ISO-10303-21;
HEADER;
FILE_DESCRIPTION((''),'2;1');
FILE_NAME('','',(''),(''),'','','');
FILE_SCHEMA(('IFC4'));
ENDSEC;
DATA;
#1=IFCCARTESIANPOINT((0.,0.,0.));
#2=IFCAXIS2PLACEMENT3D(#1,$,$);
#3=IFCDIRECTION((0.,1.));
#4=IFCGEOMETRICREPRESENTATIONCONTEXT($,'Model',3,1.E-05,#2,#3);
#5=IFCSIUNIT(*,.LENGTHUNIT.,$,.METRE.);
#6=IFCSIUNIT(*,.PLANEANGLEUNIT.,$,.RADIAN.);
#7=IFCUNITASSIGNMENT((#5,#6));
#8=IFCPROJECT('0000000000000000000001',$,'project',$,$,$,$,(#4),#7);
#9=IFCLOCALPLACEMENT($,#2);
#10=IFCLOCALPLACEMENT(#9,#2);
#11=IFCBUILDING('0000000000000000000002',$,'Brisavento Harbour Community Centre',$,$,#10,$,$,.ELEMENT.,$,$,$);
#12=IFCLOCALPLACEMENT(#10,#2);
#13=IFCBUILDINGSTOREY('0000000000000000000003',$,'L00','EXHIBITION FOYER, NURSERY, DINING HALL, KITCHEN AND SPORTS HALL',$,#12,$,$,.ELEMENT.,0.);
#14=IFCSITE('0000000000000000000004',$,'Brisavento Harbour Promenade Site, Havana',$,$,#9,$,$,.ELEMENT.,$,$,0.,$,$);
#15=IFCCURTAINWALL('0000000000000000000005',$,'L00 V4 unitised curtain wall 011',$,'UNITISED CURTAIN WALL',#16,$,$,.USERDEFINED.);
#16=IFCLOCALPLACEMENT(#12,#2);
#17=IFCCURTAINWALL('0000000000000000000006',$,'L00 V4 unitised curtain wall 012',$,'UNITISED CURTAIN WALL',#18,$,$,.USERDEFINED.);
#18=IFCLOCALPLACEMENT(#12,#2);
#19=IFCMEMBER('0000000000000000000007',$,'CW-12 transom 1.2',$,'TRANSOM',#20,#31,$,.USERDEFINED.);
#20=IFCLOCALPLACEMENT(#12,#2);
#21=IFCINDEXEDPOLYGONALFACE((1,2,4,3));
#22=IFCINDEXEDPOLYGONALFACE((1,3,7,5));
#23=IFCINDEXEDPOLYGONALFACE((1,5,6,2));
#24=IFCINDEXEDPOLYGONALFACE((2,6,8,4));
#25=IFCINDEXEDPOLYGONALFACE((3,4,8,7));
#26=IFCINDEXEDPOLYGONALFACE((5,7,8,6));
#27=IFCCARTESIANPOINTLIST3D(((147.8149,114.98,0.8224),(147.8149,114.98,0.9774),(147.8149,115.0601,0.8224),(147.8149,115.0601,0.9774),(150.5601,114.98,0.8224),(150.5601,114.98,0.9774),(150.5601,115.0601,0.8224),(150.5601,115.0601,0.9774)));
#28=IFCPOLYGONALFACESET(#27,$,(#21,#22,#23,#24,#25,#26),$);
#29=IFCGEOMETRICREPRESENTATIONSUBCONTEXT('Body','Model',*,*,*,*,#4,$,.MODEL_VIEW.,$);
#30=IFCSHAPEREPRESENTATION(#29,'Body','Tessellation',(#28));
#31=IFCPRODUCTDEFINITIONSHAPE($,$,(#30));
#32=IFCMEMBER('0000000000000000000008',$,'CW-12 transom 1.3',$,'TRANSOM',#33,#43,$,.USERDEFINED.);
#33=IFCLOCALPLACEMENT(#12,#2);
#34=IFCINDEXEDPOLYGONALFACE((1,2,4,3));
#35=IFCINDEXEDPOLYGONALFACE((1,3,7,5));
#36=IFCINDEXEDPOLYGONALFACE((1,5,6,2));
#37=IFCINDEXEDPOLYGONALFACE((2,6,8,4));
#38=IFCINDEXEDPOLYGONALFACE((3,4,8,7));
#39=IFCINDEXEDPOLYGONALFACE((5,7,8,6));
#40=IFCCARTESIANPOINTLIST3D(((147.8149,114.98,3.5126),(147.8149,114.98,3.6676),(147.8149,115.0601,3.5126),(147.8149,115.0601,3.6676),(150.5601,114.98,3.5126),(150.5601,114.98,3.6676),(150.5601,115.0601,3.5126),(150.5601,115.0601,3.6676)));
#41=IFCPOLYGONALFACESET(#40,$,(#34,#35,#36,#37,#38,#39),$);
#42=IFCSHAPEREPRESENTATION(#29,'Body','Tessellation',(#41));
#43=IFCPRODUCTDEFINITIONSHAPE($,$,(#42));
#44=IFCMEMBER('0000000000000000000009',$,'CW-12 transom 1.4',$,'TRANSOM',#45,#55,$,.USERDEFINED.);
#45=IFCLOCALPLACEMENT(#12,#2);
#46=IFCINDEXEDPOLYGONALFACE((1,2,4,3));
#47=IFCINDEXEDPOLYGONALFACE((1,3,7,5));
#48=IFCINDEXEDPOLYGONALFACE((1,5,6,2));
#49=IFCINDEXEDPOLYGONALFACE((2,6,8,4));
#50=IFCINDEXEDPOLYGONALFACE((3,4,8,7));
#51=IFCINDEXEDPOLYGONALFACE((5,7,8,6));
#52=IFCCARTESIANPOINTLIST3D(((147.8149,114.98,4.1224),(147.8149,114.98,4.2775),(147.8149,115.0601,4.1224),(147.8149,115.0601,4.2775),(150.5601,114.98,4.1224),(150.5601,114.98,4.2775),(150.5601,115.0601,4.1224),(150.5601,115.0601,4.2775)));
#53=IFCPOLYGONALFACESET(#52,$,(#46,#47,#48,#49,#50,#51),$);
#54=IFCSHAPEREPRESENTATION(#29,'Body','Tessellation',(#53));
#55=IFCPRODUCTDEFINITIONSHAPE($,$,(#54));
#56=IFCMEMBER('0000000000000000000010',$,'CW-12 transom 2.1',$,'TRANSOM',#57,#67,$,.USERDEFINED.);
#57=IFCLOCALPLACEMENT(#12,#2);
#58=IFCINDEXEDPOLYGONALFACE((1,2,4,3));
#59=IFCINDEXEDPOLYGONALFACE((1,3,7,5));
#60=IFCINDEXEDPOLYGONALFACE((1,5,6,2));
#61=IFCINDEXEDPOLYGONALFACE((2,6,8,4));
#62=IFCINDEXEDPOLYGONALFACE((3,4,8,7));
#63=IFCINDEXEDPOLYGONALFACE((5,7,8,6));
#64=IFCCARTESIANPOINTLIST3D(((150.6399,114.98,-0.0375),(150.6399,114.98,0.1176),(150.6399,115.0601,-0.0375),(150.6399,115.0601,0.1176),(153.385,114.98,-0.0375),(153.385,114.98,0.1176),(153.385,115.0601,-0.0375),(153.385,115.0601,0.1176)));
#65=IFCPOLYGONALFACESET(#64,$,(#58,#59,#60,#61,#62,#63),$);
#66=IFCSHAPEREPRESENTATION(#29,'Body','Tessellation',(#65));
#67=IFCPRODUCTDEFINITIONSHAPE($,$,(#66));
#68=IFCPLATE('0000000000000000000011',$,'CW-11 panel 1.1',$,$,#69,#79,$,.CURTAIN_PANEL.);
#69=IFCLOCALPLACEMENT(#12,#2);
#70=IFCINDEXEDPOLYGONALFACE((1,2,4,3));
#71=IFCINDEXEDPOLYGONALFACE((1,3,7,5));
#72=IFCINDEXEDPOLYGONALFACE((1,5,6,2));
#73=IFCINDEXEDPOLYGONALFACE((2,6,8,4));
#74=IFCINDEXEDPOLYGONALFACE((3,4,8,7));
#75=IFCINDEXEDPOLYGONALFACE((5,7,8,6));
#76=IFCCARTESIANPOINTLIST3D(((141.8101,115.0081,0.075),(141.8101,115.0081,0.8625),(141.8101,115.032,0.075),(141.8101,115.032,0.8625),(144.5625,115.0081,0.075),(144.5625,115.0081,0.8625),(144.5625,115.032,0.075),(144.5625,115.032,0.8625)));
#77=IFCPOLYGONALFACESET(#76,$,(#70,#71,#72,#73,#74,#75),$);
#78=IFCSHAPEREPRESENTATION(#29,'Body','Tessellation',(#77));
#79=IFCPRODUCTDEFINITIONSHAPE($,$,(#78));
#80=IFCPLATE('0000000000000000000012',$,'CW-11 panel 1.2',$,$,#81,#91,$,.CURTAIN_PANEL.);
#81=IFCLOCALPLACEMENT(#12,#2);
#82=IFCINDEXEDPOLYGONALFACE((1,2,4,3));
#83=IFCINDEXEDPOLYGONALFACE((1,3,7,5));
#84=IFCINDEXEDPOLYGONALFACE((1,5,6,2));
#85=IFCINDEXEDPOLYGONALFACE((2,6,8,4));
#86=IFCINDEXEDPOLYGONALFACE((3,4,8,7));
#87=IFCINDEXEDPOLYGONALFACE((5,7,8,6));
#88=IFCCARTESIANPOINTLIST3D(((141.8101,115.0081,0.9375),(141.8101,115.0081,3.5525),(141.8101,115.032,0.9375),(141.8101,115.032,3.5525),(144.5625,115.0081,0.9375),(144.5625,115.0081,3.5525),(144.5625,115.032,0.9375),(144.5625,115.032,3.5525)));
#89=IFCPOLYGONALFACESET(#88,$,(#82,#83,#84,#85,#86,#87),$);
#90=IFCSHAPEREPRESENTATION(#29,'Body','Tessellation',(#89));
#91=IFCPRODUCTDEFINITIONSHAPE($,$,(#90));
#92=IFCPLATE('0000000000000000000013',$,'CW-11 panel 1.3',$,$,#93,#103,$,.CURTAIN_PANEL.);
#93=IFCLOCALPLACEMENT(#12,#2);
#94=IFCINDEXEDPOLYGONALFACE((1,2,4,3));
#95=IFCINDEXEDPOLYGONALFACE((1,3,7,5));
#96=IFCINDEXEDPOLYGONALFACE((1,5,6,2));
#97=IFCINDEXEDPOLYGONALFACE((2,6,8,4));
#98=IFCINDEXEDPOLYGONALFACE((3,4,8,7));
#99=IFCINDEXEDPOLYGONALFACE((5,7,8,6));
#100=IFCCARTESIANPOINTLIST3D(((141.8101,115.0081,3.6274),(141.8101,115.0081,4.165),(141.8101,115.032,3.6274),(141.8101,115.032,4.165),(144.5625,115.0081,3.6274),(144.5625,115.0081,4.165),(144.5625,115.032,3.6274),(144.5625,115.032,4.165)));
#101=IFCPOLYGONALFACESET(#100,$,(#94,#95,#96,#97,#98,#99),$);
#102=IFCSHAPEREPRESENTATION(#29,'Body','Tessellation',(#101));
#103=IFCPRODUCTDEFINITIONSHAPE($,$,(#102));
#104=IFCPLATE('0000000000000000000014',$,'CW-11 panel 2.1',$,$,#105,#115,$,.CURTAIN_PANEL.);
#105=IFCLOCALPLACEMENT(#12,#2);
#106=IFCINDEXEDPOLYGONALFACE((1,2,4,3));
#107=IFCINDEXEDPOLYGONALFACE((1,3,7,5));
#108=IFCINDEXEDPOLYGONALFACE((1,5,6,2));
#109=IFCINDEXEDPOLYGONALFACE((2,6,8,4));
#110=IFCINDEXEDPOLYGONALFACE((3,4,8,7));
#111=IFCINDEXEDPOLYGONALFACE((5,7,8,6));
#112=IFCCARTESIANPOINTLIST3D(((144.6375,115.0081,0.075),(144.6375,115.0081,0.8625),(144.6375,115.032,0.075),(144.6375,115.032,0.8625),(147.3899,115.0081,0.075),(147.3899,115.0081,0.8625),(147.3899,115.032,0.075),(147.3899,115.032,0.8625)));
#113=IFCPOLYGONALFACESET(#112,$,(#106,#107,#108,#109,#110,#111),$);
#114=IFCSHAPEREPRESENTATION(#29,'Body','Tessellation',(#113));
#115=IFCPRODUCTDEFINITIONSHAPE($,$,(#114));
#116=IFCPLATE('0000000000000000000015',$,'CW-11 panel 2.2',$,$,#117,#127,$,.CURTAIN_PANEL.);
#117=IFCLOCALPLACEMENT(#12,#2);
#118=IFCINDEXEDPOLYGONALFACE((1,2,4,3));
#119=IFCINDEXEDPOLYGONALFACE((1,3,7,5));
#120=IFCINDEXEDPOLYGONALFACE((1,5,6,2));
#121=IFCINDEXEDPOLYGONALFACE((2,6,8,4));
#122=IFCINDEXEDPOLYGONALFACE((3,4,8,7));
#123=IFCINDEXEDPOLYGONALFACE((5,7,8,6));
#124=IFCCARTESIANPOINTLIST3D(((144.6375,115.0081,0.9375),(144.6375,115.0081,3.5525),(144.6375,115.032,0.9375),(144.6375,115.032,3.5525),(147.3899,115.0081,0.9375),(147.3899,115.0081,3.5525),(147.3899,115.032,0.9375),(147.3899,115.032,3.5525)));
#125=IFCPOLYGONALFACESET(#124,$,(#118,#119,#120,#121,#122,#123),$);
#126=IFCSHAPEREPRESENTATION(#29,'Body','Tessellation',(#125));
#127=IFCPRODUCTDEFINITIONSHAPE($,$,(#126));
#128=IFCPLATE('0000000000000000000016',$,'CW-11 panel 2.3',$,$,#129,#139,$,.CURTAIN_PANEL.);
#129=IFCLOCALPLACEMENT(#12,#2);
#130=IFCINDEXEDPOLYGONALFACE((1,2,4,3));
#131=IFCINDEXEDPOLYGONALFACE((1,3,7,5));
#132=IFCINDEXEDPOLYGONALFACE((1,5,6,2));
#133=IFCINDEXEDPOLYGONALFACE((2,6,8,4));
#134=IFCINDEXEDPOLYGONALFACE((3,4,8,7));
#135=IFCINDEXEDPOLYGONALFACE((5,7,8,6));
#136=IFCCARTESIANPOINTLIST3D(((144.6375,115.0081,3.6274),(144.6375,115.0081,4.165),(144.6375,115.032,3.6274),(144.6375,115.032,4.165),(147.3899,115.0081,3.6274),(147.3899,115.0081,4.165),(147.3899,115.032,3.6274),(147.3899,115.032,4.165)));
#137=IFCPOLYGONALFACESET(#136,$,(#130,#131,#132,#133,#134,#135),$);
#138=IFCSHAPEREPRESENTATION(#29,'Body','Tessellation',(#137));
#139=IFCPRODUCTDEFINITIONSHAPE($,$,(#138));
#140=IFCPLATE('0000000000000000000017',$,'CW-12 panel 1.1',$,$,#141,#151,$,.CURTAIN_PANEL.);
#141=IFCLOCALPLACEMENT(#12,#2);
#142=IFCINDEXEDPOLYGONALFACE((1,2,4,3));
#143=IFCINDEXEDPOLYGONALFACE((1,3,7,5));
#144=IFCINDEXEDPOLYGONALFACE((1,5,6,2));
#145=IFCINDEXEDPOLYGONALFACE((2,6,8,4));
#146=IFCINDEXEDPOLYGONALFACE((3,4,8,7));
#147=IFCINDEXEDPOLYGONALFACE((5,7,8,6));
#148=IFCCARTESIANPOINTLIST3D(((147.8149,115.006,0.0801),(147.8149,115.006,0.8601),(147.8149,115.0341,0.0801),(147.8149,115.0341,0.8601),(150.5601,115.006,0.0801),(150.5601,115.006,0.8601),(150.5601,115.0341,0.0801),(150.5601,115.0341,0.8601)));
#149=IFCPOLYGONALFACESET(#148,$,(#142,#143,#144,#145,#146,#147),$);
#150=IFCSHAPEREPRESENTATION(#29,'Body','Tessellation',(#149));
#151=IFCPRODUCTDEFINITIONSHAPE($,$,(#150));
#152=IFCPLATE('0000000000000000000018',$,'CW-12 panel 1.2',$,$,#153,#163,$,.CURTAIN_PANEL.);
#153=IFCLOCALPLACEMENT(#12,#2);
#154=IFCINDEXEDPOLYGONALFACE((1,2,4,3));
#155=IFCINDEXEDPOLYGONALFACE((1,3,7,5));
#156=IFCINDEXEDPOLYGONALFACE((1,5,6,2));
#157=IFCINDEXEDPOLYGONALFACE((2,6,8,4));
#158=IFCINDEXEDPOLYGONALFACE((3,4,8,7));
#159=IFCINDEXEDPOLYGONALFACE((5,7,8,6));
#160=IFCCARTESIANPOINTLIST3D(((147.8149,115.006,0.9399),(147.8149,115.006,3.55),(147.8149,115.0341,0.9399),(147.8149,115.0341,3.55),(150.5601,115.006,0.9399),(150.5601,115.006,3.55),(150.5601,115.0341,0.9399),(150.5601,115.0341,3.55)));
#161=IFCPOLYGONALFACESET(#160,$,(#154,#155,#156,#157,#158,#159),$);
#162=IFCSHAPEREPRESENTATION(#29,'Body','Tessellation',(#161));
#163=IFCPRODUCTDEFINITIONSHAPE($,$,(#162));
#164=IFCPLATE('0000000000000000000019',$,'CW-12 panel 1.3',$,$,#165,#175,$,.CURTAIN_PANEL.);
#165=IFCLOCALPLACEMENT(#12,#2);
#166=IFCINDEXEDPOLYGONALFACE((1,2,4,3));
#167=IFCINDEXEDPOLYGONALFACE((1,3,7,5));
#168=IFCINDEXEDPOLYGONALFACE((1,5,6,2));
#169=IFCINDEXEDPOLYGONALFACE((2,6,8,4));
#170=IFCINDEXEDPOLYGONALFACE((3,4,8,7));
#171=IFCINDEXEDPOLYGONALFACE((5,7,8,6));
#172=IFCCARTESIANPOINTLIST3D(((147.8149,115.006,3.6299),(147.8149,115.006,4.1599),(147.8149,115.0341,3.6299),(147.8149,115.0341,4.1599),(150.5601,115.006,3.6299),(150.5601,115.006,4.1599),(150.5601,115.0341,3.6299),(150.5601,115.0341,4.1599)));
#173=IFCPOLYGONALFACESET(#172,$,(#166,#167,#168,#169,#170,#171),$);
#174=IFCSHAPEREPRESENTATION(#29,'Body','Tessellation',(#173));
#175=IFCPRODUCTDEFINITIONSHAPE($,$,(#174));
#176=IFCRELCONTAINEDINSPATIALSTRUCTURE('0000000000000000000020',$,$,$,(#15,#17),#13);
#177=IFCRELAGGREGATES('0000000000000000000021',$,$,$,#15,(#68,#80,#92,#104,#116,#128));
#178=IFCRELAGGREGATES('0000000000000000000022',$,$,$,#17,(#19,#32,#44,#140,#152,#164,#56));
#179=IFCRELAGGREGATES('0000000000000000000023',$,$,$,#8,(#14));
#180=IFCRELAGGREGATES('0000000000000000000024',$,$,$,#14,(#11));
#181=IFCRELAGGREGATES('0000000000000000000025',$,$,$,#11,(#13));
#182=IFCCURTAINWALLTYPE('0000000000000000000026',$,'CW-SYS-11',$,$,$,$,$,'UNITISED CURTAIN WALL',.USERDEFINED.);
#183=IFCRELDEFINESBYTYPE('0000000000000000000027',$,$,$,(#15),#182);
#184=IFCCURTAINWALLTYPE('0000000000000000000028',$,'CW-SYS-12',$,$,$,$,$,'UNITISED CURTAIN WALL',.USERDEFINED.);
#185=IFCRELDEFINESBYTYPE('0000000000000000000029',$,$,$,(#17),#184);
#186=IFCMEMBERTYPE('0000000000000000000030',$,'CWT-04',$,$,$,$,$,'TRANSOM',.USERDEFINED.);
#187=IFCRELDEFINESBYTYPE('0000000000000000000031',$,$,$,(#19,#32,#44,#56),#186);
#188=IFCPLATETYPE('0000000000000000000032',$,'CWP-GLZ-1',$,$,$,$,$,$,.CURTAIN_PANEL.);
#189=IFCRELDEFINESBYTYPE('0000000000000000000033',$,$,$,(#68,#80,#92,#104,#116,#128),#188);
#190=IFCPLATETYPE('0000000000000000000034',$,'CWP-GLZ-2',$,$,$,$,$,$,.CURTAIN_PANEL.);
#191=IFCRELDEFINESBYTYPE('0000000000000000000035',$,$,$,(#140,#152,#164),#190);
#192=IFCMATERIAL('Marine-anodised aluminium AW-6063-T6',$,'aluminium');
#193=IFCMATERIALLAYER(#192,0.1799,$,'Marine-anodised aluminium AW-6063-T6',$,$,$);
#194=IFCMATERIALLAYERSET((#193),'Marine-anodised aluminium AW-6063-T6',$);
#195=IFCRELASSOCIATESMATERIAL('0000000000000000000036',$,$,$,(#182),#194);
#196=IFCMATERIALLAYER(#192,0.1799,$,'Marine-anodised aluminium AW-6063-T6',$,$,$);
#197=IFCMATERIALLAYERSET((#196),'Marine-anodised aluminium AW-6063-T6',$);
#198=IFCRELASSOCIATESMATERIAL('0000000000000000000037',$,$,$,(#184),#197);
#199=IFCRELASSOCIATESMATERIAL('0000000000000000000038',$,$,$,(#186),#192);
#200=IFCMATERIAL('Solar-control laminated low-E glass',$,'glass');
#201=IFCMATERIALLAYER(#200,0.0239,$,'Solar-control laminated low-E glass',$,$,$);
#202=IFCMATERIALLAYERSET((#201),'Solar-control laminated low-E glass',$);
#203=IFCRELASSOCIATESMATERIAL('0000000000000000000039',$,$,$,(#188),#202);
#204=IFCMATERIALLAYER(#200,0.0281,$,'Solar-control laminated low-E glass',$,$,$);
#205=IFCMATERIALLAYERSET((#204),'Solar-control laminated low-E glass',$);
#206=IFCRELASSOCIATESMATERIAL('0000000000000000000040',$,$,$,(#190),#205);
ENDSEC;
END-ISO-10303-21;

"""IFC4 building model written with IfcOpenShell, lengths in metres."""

from ifc_helpers import new_model, si_unit, direction, frame, origin, origin_2d, place, context, subcontext, project, spatial, rectangle, extrude, material, layer, layer_set, material_profile, profile_set, type_object, element, aggregate, save


model = new_model("IFC4")

# Units and contexts
model_context = context("Model", 3, precision=1e-05, world=origin(), true_north=direction((0.0, 1.0)))
body_context = subcontext(model_context, "Body", "Model", "MODEL_VIEW")
ifc_project = project(units=[si_unit("LENGTHUNIT", "METRE"), si_unit("PLANEANGLEUNIT", "RADIAN")], contexts=[model_context])

# Site, building, storey
site_placement = place(None, origin())
site = spatial("IfcSite", under=ifc_project, at=site_placement, Name="Brisavento Harbour Promenade Site, Havana", CompositionType="ELEMENT", RefElevation=0.0)
building_placement = place(site_placement, origin())
building = spatial("IfcBuilding", under=site, at=building_placement, Name="Brisavento Harbour Community Centre", CompositionType="ELEMENT")
storey_placement = place(building_placement, origin())
storey = spatial("IfcBuildingStorey", under=building, at=storey_placement, Name="L00", Description="EXHIBITION FOYER, NURSERY, DINING HALL, KITCHEN AND SPORTS HALL", CompositionType="ELEMENT", Elevation=0.0)

# Curtain walls
ifc_material_1 = material(Name="Marine-anodised aluminium AW-6063-T6", Category="aluminium")
ifc_layer_1 = layer(ifc_material_1, 0.1799, Name="Marine-anodised aluminium AW-6063-T6")
ifc_layer_set_1 = layer_set([ifc_layer_1], Name="Marine-anodised aluminium AW-6063-T6")
curtain_wall_type_1 = type_object("IfcCurtainWallType", Name="CW-SYS-11", ElementType="UNITISED CURTAIN WALL", PredefinedType="USERDEFINED", material=ifc_layer_set_1)
curtain_wall_1_placement = place(storey_placement, origin())
curtain_wall_1 = element("IfcCurtainWall", 1, at=curtain_wall_1_placement, inside=storey, type_object=curtain_wall_type_1, Name="L00 V4 unitised curtain wall 011", ObjectType="UNITISED CURTAIN WALL", PredefinedType="USERDEFINED")
ifc_layer_2 = layer(ifc_material_1, 0.1799, Name="Marine-anodised aluminium AW-6063-T6")
ifc_layer_set_2 = layer_set([ifc_layer_2], Name="Marine-anodised aluminium AW-6063-T6")
curtain_wall_type_2 = type_object("IfcCurtainWallType", Name="CW-SYS-12", ElementType="UNITISED CURTAIN WALL", PredefinedType="USERDEFINED", material=ifc_layer_set_2)
curtain_wall_2_placement = place(storey_placement, origin())
curtain_wall_2 = element("IfcCurtainWall", 2, at=curtain_wall_2_placement, inside=storey, type_object=curtain_wall_type_2, Name="L00 V4 unitised curtain wall 012", ObjectType="UNITISED CURTAIN WALL", PredefinedType="USERDEFINED")

# Members
ifc_material_profile_1 = material_profile(ifc_material_1, rectangle(XDim=0.0801, YDim=0.155, at=origin_2d()), Name="Marine-anodised aluminium AW-6063-T6")
ifc_profile_set_1 = profile_set([ifc_material_profile_1], Name="Marine-anodised aluminium AW-6063-T6")
member_type_1 = type_object("IfcMemberType", Name="CWT-04", ElementType="TRANSOM", PredefinedType="USERDEFINED", material=ifc_profile_set_1)
member_1_placement = place(storey_placement, frame((147.8149, 115.02, 0.8999), z_axis=(1.0, 0.0, 0.0), x_axis=(0.0, 1.0, 0.0)))
member_1 = element("IfcMember", 3, at=member_1_placement, type_object=member_type_1, Name="CW-12 transom 1.2", ObjectType="TRANSOM", PredefinedType="USERDEFINED", context=body_context, shape_type="SweptSolid", body=[
    extrude(rectangle(XDim=0.0801, YDim=0.155, at=origin_2d()), origin(), (0.0, 0.0, 1.0), 2.7451),
])
member_2_placement = place(storey_placement, frame((147.8149, 115.02, 3.5901), z_axis=(1.0, 0.0, 0.0), x_axis=(0.0, 1.0, 0.0)))
member_2 = element("IfcMember", 4, at=member_2_placement, type_object=member_type_1, Name="CW-12 transom 1.3", ObjectType="TRANSOM", PredefinedType="USERDEFINED", context=body_context, shape_type="SweptSolid", body=[
    extrude(rectangle(XDim=0.0801, YDim=0.155, at=origin_2d()), origin(), (0.0, 0.0, 1.0), 2.7451),
])
member_3_placement = place(storey_placement, frame((147.8149, 115.02, 4.2), z_axis=(1.0, 0.0, 0.0), x_axis=(0.0, 1.0, 0.0)))
member_3 = element("IfcMember", 5, at=member_3_placement, type_object=member_type_1, Name="CW-12 transom 1.4", ObjectType="TRANSOM", PredefinedType="USERDEFINED", context=body_context, shape_type="SweptSolid", body=[
    extrude(rectangle(XDim=0.0801, YDim=0.155, at=origin_2d()), origin(), (0.0, 0.0, 1.0), 2.7451),
])
member_4_placement = place(storey_placement, frame((150.6399, 115.02, 0.04), z_axis=(1.0, 0.0, 0.0), x_axis=(0.0, 1.0, 0.0)))
member_4 = element("IfcMember", 6, at=member_4_placement, type_object=member_type_1, Name="CW-12 transom 2.1", ObjectType="TRANSOM", PredefinedType="USERDEFINED", context=body_context, shape_type="SweptSolid", body=[
    extrude(rectangle(XDim=0.0801, YDim=0.155, at=origin_2d()), origin(), (0.0, 0.0, 1.0), 2.7451),
])

# Plates
ifc_material_2 = material(Name="Solar-control laminated low-E glass", Category="glass")
ifc_layer_3 = layer(ifc_material_2, 0.0239, Name="Solar-control laminated low-E glass")
ifc_layer_set_3 = layer_set([ifc_layer_3], Name="Solar-control laminated low-E glass")
plate_type_1 = type_object("IfcPlateType", Name="CWP-GLZ-1", PredefinedType="CURTAIN_PANEL", material=ifc_layer_set_3)
plate_1_placement = place(storey_placement, frame((143.1863, 115.02, 0.075), z_axis=(0.0, 0.0, 1.0), x_axis=(1.0, 0.0, 0.0)))
plate_1 = element("IfcPlate", 7, at=plate_1_placement, type_object=plate_type_1, Name="CW-11 panel 1.1", PredefinedType="CURTAIN_PANEL", context=body_context, shape_type="SweptSolid", body=[
    extrude(rectangle(XDim=2.7524, YDim=0.0239, at=origin_2d()), origin(), (0.0, 0.0, 1.0), 0.7876),
])
plate_2_placement = place(storey_placement, frame((143.1863, 115.02, 0.9375), z_axis=(0.0, 0.0, 1.0), x_axis=(1.0, 0.0, 0.0)))
plate_2 = element("IfcPlate", 8, at=plate_2_placement, type_object=plate_type_1, Name="CW-11 panel 1.2", PredefinedType="CURTAIN_PANEL", context=body_context, shape_type="SweptSolid", body=[
    extrude(rectangle(XDim=2.7524, YDim=0.0239, at=origin_2d()), origin(), (0.0, 0.0, 1.0), 2.615),
])
plate_3_placement = place(storey_placement, frame((143.1863, 115.02, 3.6274), z_axis=(0.0, 0.0, 1.0), x_axis=(1.0, 0.0, 0.0)))
plate_3 = element("IfcPlate", 9, at=plate_3_placement, type_object=plate_type_1, Name="CW-11 panel 1.3", PredefinedType="CURTAIN_PANEL", context=body_context, shape_type="SweptSolid", body=[
    extrude(rectangle(XDim=2.7524, YDim=0.0239, at=origin_2d()), origin(), (0.0, 0.0, 1.0), 0.5376),
])
plate_4_placement = place(storey_placement, frame((146.0137, 115.02, 0.075), z_axis=(0.0, 0.0, 1.0), x_axis=(1.0, 0.0, 0.0)))
plate_4 = element("IfcPlate", 10, at=plate_4_placement, type_object=plate_type_1, Name="CW-11 panel 2.1", PredefinedType="CURTAIN_PANEL", context=body_context, shape_type="SweptSolid", body=[
    extrude(rectangle(XDim=2.7524, YDim=0.0239, at=origin_2d()), origin(), (0.0, 0.0, 1.0), 0.7876),
])
plate_5_placement = place(storey_placement, frame((146.0137, 115.02, 0.9375), z_axis=(0.0, 0.0, 1.0), x_axis=(1.0, 0.0, 0.0)))
plate_5 = element("IfcPlate", 11, at=plate_5_placement, type_object=plate_type_1, Name="CW-11 panel 2.2", PredefinedType="CURTAIN_PANEL", context=body_context, shape_type="SweptSolid", body=[
    extrude(rectangle(XDim=2.7524, YDim=0.0239, at=origin_2d()), origin(), (0.0, 0.0, 1.0), 2.615),
])
plate_6_placement = place(storey_placement, frame((146.0137, 115.02, 3.6274), z_axis=(0.0, 0.0, 1.0), x_axis=(1.0, 0.0, 0.0)))
plate_6 = element("IfcPlate", 12, at=plate_6_placement, type_object=plate_type_1, Name="CW-11 panel 2.3", PredefinedType="CURTAIN_PANEL", context=body_context, shape_type="SweptSolid", body=[
    extrude(rectangle(XDim=2.7524, YDim=0.0239, at=origin_2d()), origin(), (0.0, 0.0, 1.0), 0.5376),
])
aggregate(curtain_wall_1, [plate_1, plate_2, plate_3, plate_4, plate_5, plate_6])
ifc_layer_4 = layer(ifc_material_2, 0.0281, Name="Solar-control laminated low-E glass")
ifc_layer_set_4 = layer_set([ifc_layer_4], Name="Solar-control laminated low-E glass")
plate_type_2 = type_object("IfcPlateType", Name="CWP-GLZ-2", PredefinedType="CURTAIN_PANEL", material=ifc_layer_set_4)
plate_7_placement = place(storey_placement, frame((149.1875, 115.02, 0.0801), z_axis=(0.0, 0.0, 1.0), x_axis=(1.0, 0.0, 0.0)))
plate_7 = element("IfcPlate", 13, at=plate_7_placement, type_object=plate_type_2, Name="CW-12 panel 1.1", PredefinedType="CURTAIN_PANEL", context=body_context, shape_type="SweptSolid", body=[
    extrude(rectangle(XDim=2.7451, YDim=0.0281, at=origin_2d()), origin(), (0.0, 0.0, 1.0), 0.78),
])
plate_8_placement = place(storey_placement, frame((149.1875, 115.02, 0.9399), z_axis=(0.0, 0.0, 1.0), x_axis=(1.0, 0.0, 0.0)))
plate_8 = element("IfcPlate", 14, at=plate_8_placement, type_object=plate_type_2, Name="CW-12 panel 1.2", PredefinedType="CURTAIN_PANEL", context=body_context, shape_type="SweptSolid", body=[
    extrude(rectangle(XDim=2.7451, YDim=0.0281, at=origin_2d()), origin(), (0.0, 0.0, 1.0), 2.6101),
])
plate_9_placement = place(storey_placement, frame((149.1875, 115.02, 3.6299), z_axis=(0.0, 0.0, 1.0), x_axis=(1.0, 0.0, 0.0)))
plate_9 = element("IfcPlate", 15, at=plate_9_placement, type_object=plate_type_2, Name="CW-12 panel 1.3", PredefinedType="CURTAIN_PANEL", context=body_context, shape_type="SweptSolid", body=[
    extrude(rectangle(XDim=2.7451, YDim=0.0281, at=origin_2d()), origin(), (0.0, 0.0, 1.0), 0.53),
])
aggregate(curtain_wall_2, [member_1, member_2, member_3, plate_7, plate_8, plate_9, member_4])

save(model, "model.ifc")
